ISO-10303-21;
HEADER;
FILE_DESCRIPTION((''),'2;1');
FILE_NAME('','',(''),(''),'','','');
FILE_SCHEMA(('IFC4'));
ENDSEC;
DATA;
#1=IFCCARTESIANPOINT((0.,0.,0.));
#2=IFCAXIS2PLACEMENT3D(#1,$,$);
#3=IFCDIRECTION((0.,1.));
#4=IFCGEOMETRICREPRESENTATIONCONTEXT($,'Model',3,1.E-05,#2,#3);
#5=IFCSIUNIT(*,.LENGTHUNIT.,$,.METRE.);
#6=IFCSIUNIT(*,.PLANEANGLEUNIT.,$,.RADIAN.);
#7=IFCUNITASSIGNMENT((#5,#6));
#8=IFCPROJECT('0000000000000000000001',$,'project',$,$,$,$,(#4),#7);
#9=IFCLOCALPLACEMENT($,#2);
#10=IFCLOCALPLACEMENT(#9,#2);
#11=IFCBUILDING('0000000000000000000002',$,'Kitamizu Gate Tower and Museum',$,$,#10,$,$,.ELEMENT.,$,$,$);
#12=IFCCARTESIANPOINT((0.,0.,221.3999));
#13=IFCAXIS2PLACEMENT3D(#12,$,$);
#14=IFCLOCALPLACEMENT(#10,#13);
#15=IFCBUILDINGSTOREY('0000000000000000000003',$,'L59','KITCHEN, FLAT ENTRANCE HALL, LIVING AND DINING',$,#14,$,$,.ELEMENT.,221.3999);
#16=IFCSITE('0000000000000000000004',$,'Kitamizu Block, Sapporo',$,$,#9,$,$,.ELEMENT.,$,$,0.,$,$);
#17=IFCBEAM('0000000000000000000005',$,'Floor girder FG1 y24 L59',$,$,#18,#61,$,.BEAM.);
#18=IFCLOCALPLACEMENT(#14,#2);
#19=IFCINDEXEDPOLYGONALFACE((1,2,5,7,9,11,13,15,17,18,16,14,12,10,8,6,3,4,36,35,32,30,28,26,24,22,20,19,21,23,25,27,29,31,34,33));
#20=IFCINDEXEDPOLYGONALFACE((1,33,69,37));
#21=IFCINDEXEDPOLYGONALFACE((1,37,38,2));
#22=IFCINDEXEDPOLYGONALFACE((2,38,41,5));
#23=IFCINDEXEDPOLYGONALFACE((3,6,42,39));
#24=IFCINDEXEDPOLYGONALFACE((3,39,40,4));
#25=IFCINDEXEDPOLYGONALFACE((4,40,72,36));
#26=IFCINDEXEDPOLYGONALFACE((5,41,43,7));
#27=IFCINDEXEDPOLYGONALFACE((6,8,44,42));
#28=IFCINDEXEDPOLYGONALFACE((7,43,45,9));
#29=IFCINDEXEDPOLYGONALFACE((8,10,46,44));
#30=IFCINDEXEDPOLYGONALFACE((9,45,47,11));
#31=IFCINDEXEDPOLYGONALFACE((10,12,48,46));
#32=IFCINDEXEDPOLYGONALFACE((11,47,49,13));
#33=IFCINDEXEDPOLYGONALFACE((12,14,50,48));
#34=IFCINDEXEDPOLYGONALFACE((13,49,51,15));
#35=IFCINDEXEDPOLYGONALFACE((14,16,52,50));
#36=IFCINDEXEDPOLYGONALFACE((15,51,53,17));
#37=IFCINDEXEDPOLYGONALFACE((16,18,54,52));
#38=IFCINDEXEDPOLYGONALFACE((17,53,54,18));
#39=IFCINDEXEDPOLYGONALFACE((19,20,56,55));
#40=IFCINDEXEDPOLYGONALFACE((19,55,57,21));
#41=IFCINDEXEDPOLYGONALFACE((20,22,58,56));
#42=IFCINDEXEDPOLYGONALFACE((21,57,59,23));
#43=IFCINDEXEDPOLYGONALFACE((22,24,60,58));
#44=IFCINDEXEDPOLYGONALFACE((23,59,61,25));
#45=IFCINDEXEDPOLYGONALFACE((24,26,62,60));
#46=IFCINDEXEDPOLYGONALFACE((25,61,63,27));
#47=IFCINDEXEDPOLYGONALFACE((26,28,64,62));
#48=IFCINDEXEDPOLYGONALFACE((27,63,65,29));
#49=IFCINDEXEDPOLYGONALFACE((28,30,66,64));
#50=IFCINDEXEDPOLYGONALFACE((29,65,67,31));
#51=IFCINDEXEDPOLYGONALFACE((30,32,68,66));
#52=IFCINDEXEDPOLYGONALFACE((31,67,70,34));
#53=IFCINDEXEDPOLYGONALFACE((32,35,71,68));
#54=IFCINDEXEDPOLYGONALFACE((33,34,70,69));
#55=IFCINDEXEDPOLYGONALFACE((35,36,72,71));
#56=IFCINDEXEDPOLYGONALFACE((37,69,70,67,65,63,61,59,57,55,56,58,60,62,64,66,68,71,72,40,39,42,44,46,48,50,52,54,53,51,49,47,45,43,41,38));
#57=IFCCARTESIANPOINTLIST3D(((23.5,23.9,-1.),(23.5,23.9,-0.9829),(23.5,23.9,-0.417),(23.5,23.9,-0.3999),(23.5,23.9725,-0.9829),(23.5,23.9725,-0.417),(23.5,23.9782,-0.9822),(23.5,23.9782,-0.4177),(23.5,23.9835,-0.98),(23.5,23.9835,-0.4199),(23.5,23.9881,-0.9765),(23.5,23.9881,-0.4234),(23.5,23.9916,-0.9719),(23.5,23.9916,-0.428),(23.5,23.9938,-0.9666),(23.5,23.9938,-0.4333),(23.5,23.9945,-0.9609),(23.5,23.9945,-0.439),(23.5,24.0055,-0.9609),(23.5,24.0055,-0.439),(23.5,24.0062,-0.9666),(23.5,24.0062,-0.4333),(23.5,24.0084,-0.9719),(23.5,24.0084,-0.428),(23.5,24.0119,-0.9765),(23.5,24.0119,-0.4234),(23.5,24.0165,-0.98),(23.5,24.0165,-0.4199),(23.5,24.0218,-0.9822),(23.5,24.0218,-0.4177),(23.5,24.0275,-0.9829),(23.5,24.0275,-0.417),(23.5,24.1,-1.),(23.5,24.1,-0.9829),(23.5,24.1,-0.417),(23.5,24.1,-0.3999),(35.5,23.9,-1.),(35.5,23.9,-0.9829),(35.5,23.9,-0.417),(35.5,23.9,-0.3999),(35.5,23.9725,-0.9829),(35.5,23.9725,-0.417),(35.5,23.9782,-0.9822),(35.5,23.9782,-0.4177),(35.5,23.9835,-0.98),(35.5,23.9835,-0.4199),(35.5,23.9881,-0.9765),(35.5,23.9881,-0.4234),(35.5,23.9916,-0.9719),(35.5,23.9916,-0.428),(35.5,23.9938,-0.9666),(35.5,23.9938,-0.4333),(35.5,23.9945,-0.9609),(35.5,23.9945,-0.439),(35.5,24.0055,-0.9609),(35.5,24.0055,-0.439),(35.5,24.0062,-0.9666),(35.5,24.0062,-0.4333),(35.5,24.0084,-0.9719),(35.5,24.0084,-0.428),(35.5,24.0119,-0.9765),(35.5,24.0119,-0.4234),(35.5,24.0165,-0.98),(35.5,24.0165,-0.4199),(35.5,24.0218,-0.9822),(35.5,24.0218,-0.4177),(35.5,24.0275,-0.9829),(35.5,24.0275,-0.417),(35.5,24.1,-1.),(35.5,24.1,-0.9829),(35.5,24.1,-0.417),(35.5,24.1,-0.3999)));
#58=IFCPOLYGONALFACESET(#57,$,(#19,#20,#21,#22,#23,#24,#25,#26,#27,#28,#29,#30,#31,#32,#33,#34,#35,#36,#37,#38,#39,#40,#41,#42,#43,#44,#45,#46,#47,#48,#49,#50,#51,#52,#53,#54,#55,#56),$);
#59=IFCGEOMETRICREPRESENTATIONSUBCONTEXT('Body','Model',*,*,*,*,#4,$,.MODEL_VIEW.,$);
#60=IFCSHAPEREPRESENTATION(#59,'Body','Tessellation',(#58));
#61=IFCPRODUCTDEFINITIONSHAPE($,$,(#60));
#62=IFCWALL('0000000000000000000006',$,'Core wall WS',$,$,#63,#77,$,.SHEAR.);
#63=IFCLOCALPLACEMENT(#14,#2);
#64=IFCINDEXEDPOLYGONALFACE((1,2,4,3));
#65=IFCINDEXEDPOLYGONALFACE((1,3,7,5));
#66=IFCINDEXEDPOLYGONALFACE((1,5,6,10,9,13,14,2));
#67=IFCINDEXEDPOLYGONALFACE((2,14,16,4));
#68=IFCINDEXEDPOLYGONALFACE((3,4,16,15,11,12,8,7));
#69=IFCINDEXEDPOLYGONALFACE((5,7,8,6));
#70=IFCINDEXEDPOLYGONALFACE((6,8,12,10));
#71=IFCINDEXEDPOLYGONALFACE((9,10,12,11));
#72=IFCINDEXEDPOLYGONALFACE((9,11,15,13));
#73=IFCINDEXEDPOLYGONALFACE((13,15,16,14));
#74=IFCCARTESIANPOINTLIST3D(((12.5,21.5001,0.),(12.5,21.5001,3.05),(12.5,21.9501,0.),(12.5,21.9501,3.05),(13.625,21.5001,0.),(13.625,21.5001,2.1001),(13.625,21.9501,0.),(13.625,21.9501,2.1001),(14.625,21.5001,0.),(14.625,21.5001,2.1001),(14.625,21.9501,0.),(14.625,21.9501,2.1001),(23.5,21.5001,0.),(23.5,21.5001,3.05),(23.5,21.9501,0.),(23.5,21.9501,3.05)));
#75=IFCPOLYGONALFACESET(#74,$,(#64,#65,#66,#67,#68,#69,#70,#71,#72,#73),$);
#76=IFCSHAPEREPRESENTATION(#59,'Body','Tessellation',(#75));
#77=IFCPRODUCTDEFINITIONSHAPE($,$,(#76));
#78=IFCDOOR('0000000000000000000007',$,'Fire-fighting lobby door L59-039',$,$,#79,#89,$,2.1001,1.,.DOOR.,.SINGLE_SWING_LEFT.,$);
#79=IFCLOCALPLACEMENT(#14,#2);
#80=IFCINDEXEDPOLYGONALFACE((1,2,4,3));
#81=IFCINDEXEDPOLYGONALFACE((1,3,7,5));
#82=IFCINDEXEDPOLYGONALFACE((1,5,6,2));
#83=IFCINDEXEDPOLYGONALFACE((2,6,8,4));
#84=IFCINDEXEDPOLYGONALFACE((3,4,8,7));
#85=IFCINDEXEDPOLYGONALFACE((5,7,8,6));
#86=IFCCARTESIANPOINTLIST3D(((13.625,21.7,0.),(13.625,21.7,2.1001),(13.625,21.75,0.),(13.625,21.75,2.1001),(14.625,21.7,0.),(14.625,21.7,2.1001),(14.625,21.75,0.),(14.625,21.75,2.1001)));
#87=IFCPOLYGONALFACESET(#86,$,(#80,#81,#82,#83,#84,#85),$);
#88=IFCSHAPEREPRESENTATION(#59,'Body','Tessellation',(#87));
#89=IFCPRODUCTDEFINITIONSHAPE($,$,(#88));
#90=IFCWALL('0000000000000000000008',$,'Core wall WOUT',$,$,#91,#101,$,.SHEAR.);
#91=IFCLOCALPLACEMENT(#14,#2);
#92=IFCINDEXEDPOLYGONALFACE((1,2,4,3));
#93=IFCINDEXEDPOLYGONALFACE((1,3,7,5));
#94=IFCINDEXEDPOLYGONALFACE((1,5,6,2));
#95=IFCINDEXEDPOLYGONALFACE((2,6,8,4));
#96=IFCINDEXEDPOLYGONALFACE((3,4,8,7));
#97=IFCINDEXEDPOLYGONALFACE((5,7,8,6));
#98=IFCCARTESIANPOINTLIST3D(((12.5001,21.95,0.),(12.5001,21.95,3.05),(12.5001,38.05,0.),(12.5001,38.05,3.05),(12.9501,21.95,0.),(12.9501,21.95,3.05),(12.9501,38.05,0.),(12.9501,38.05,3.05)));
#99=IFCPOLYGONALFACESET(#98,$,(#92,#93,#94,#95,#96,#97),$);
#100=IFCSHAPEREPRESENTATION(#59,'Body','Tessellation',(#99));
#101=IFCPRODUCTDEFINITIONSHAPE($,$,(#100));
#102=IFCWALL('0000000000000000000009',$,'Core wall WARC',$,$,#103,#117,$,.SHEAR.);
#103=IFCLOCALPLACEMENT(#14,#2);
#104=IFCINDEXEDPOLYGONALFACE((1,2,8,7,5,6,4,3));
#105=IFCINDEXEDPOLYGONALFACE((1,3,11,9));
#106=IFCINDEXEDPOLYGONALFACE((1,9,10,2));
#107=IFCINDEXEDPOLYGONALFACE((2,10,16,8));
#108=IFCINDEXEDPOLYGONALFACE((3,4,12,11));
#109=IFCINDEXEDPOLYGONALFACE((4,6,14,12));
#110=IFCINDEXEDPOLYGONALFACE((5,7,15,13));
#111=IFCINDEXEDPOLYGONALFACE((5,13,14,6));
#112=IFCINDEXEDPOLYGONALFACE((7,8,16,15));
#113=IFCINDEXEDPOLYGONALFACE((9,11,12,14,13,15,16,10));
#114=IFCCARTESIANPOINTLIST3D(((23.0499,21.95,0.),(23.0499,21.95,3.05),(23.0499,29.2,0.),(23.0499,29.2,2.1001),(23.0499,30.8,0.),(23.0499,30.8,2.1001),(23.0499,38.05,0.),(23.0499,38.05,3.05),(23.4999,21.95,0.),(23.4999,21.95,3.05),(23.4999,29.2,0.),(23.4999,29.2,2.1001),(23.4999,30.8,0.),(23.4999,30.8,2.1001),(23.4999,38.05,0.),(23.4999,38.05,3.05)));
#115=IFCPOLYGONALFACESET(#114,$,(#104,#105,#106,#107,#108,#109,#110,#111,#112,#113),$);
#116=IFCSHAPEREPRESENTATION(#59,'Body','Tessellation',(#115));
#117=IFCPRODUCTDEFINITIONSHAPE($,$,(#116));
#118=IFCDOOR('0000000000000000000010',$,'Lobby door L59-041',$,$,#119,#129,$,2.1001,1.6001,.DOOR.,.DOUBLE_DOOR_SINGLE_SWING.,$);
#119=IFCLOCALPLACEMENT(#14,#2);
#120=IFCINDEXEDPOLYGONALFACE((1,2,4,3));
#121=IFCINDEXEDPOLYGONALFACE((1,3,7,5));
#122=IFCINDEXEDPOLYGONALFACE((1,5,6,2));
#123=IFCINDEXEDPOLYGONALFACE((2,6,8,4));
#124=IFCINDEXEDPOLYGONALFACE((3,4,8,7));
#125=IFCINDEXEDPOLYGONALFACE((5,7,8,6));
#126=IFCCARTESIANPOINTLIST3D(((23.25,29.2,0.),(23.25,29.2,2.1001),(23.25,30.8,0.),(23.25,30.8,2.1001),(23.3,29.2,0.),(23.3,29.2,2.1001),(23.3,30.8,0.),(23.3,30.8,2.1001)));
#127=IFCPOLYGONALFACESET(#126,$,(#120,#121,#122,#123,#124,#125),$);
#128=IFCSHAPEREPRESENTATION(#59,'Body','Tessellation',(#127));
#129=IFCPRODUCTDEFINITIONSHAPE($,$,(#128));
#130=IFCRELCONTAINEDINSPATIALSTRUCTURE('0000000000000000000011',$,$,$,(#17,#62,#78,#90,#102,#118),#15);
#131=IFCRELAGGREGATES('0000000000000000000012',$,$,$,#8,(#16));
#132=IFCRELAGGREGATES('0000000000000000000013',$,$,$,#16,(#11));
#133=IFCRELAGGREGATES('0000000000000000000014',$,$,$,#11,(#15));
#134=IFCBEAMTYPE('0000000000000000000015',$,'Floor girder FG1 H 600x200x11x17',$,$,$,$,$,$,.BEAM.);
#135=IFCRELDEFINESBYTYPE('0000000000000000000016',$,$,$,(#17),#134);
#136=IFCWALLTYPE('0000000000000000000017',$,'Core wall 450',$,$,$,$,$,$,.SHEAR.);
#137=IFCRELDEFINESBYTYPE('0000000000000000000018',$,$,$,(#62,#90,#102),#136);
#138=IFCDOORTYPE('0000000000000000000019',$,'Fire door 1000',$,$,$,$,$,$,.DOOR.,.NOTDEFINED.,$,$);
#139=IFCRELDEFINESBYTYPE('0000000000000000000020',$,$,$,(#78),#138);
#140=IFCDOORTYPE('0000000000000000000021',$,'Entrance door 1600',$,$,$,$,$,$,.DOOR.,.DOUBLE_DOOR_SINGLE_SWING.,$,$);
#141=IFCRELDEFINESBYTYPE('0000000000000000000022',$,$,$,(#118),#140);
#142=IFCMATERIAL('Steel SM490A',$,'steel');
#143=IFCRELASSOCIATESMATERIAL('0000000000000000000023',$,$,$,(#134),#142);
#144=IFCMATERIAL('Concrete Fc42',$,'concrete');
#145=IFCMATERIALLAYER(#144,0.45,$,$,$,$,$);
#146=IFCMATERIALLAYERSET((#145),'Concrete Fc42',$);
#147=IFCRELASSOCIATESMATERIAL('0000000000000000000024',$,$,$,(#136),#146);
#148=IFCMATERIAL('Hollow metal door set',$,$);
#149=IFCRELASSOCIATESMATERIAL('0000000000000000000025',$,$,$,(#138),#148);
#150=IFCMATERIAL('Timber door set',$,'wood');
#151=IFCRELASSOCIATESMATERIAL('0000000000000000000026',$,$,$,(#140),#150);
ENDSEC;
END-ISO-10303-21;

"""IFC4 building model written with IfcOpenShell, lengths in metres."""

from ifc_helpers import new_model, si_unit, direction, frame, frame_2d, origin, origin_2d, place, context, subcontext, project, spatial, rectangle, i_section, extrude, material, layer, layer_set, material_profile, profile_set, type_object, element, fill, save


model = new_model("IFC4")

# Units and contexts
model_context = context("Model", 3, precision=1e-05, world=origin(), true_north=direction((0.0, 1.0)))
body_context = subcontext(model_context, "Body", "Model", "MODEL_VIEW")
ifc_project = project(units=[si_unit("LENGTHUNIT", "METRE"), si_unit("PLANEANGLEUNIT", "RADIAN")], contexts=[model_context])

# Site, building, storey
site_placement = place(None, origin())
site = spatial("IfcSite", under=ifc_project, at=site_placement, Name="Kitamizu Block, Sapporo", CompositionType="ELEMENT", RefElevation=0.0)
building_placement = place(site_placement, origin())
building = spatial("IfcBuilding", under=site, at=building_placement, Name="Kitamizu Gate Tower and Museum", CompositionType="ELEMENT")
storey_placement = place(building_placement, frame((0.0, 0.0, 221.3999)))
storey = spatial("IfcBuildingStorey", under=building, at=storey_placement, Name="L59", Description="KITCHEN, FLAT ENTRANCE HALL, LIVING AND DINING", CompositionType="ELEMENT", Elevation=221.3999)

# Beam
ifc_material_1 = material(Name="Steel SM490A", Category="steel")
ifc_material_profile = material_profile(ifc_material_1, i_section(OverallWidth=0.2, OverallDepth=0.6001, WebThickness=0.011, FlangeThickness=0.0171, FilletRadius=0.022, at=origin_2d()), Name="H-600x200x11x17")
ifc_profile_set = profile_set([ifc_material_profile], Name="Steel SM490A")
beam_type = type_object("IfcBeamType", Name="Floor girder FG1 H 600x200x11x17", PredefinedType="BEAM", material=ifc_profile_set)
beam_placement = place(storey_placement, frame((23.5, 24.0, -0.7), z_axis=(1.0, 0.0, 0.0), x_axis=(0.0, 1.0, 0.0)))
element("IfcBeam", 1, at=beam_placement, inside=storey, type_object=beam_type, Name="Floor girder FG1 y24 L59", PredefinedType="BEAM", context=body_context, shape_type="SweptSolid", body=[
    extrude(i_section(OverallWidth=0.2, OverallDepth=0.6001, WebThickness=0.011, FlangeThickness=0.0171, FilletRadius=0.022, at=origin_2d()), origin(), (0.0, 0.0, 1.0), 12.0),
])

# Wall, opening, door
ifc_material_2 = material(Name="Concrete Fc42", Category="concrete")
ifc_layer_1 = layer(ifc_material_2, 0.45)
ifc_layer_set_1 = layer_set([ifc_layer_1], Name="Concrete Fc42")
wall_type_1 = type_object("IfcWallType", Name="Core wall 450", PredefinedType="SHEAR", material=ifc_layer_set_1)
wall_1_placement = place(storey_placement, frame((12.5, 21.7251, 0.0), z_axis=(0.0, 0.0, 1.0), x_axis=(1.0, 0.0, 0.0)))
wall_1 = element("IfcWall", 2, at=wall_1_placement, inside=storey, type_object=wall_type_1, Name="Core wall WS", PredefinedType="SHEAR", context=body_context, shape_type="SweptSolid", body=[
    extrude(rectangle(XDim=11.0, YDim=0.45, at=frame_2d((5.5, 0.0))), origin(), (0.0, 0.0, 1.0), 3.05),
])
opening_1_placement = place(wall_1_placement, frame((1.125, 0.0, 0.0)))
opening_1 = element("IfcOpeningElement", 3, at=opening_1_placement, cuts=wall_1, PredefinedType="OPENING", context=body_context, shape_type="SweptSolid", body=[
    extrude(rectangle(XDim=1.0, YDim=2.1001, at=frame_2d((0.5, 1.05))), frame((0.0, 0.2349, 0.0), z_axis=(0.0, -1.0, 0.0), x_axis=(1.0, 0.0, 0.0)), (0.0, 0.0, 1.0), 0.47),
])
ifc_material_3 = material(Name="Hollow metal door set")
door_type_1 = type_object("IfcDoorType", Name="Fire door 1000", OperationType="NOTDEFINED", PredefinedType="DOOR", material=ifc_material_3)
door_1_placement = place(opening_1_placement, origin())
door_1 = element("IfcDoor", 4, at=door_1_placement, inside=storey, type_object=door_type_1, Name="Fire-fighting lobby door L59-039", OperationType="SINGLE_SWING_LEFT", OverallHeight=2.1001, OverallWidth=1.0, PredefinedType="DOOR", context=body_context, shape_type="SweptSolid", body=[
    extrude(rectangle(XDim=1.0, YDim=2.1001, at=frame_2d((0.5, 1.05))), frame((0.0, 0.0249, 0.0), z_axis=(0.0, -1.0, 0.0), x_axis=(1.0, 0.0, 0.0)), (0.0, 0.0, 1.0), 0.05),
])
fill(opening_1, door_1)

# Wall
wall_2_placement = place(storey_placement, frame((12.7251, 21.95, 0.0), z_axis=(0.0, 0.0, 1.0), x_axis=(0.0, 1.0, 0.0)))
element("IfcWall", 5, at=wall_2_placement, inside=storey, type_object=wall_type_1, Name="Core wall WOUT", PredefinedType="SHEAR", context=body_context, shape_type="SweptSolid", body=[
    extrude(rectangle(XDim=16.1001, YDim=0.45, at=frame_2d((8.05, 0.0))), origin(), (0.0, 0.0, 1.0), 3.05),
])

# Wall, opening, door
wall_3_placement = place(storey_placement, frame((23.2749, 21.95, 0.0), z_axis=(0.0, 0.0, 1.0), x_axis=(0.0, 1.0, 0.0)))
wall_3 = element("IfcWall", 6, at=wall_3_placement, inside=storey, type_object=wall_type_1, Name="Core wall WARC", PredefinedType="SHEAR", context=body_context, shape_type="SweptSolid", body=[
    extrude(rectangle(XDim=16.1001, YDim=0.45, at=frame_2d((8.05, 0.0))), origin(), (0.0, 0.0, 1.0), 3.05),
])
opening_2_placement = place(wall_3_placement, frame((7.25, 0.0, 0.0)))
opening_2 = element("IfcOpeningElement", 7, at=opening_2_placement, cuts=wall_3, PredefinedType="OPENING", context=body_context, shape_type="SweptSolid", body=[
    extrude(rectangle(XDim=1.6001, YDim=2.1001, at=frame_2d((0.8, 1.05))), frame((0.0, 0.2349, 0.0), z_axis=(0.0, -1.0, 0.0), x_axis=(1.0, 0.0, 0.0)), (0.0, 0.0, 1.0), 0.47),
])
ifc_material_4 = material(Name="Timber door set", Category="wood")
door_type_2 = type_object("IfcDoorType", Name="Entrance door 1600", OperationType="DOUBLE_DOOR_SINGLE_SWING", PredefinedType="DOOR", material=ifc_material_4)
door_2_placement = place(opening_2_placement, origin())
door_2 = element("IfcDoor", 8, at=door_2_placement, inside=storey, type_object=door_type_2, Name="Lobby door L59-041", OperationType="DOUBLE_DOOR_SINGLE_SWING", OverallHeight=2.1001, OverallWidth=1.6001, PredefinedType="DOOR", context=body_context, shape_type="SweptSolid", body=[
    extrude(rectangle(XDim=1.6001, YDim=2.1001, at=frame_2d((0.8, 1.05))), frame((0.0, 0.0249, 0.0), z_axis=(0.0, -1.0, 0.0), x_axis=(1.0, 0.0, 0.0)), (0.0, 0.0, 1.0), 0.05),
])
fill(opening_2, door_2)

save(model, "model.ifc")
